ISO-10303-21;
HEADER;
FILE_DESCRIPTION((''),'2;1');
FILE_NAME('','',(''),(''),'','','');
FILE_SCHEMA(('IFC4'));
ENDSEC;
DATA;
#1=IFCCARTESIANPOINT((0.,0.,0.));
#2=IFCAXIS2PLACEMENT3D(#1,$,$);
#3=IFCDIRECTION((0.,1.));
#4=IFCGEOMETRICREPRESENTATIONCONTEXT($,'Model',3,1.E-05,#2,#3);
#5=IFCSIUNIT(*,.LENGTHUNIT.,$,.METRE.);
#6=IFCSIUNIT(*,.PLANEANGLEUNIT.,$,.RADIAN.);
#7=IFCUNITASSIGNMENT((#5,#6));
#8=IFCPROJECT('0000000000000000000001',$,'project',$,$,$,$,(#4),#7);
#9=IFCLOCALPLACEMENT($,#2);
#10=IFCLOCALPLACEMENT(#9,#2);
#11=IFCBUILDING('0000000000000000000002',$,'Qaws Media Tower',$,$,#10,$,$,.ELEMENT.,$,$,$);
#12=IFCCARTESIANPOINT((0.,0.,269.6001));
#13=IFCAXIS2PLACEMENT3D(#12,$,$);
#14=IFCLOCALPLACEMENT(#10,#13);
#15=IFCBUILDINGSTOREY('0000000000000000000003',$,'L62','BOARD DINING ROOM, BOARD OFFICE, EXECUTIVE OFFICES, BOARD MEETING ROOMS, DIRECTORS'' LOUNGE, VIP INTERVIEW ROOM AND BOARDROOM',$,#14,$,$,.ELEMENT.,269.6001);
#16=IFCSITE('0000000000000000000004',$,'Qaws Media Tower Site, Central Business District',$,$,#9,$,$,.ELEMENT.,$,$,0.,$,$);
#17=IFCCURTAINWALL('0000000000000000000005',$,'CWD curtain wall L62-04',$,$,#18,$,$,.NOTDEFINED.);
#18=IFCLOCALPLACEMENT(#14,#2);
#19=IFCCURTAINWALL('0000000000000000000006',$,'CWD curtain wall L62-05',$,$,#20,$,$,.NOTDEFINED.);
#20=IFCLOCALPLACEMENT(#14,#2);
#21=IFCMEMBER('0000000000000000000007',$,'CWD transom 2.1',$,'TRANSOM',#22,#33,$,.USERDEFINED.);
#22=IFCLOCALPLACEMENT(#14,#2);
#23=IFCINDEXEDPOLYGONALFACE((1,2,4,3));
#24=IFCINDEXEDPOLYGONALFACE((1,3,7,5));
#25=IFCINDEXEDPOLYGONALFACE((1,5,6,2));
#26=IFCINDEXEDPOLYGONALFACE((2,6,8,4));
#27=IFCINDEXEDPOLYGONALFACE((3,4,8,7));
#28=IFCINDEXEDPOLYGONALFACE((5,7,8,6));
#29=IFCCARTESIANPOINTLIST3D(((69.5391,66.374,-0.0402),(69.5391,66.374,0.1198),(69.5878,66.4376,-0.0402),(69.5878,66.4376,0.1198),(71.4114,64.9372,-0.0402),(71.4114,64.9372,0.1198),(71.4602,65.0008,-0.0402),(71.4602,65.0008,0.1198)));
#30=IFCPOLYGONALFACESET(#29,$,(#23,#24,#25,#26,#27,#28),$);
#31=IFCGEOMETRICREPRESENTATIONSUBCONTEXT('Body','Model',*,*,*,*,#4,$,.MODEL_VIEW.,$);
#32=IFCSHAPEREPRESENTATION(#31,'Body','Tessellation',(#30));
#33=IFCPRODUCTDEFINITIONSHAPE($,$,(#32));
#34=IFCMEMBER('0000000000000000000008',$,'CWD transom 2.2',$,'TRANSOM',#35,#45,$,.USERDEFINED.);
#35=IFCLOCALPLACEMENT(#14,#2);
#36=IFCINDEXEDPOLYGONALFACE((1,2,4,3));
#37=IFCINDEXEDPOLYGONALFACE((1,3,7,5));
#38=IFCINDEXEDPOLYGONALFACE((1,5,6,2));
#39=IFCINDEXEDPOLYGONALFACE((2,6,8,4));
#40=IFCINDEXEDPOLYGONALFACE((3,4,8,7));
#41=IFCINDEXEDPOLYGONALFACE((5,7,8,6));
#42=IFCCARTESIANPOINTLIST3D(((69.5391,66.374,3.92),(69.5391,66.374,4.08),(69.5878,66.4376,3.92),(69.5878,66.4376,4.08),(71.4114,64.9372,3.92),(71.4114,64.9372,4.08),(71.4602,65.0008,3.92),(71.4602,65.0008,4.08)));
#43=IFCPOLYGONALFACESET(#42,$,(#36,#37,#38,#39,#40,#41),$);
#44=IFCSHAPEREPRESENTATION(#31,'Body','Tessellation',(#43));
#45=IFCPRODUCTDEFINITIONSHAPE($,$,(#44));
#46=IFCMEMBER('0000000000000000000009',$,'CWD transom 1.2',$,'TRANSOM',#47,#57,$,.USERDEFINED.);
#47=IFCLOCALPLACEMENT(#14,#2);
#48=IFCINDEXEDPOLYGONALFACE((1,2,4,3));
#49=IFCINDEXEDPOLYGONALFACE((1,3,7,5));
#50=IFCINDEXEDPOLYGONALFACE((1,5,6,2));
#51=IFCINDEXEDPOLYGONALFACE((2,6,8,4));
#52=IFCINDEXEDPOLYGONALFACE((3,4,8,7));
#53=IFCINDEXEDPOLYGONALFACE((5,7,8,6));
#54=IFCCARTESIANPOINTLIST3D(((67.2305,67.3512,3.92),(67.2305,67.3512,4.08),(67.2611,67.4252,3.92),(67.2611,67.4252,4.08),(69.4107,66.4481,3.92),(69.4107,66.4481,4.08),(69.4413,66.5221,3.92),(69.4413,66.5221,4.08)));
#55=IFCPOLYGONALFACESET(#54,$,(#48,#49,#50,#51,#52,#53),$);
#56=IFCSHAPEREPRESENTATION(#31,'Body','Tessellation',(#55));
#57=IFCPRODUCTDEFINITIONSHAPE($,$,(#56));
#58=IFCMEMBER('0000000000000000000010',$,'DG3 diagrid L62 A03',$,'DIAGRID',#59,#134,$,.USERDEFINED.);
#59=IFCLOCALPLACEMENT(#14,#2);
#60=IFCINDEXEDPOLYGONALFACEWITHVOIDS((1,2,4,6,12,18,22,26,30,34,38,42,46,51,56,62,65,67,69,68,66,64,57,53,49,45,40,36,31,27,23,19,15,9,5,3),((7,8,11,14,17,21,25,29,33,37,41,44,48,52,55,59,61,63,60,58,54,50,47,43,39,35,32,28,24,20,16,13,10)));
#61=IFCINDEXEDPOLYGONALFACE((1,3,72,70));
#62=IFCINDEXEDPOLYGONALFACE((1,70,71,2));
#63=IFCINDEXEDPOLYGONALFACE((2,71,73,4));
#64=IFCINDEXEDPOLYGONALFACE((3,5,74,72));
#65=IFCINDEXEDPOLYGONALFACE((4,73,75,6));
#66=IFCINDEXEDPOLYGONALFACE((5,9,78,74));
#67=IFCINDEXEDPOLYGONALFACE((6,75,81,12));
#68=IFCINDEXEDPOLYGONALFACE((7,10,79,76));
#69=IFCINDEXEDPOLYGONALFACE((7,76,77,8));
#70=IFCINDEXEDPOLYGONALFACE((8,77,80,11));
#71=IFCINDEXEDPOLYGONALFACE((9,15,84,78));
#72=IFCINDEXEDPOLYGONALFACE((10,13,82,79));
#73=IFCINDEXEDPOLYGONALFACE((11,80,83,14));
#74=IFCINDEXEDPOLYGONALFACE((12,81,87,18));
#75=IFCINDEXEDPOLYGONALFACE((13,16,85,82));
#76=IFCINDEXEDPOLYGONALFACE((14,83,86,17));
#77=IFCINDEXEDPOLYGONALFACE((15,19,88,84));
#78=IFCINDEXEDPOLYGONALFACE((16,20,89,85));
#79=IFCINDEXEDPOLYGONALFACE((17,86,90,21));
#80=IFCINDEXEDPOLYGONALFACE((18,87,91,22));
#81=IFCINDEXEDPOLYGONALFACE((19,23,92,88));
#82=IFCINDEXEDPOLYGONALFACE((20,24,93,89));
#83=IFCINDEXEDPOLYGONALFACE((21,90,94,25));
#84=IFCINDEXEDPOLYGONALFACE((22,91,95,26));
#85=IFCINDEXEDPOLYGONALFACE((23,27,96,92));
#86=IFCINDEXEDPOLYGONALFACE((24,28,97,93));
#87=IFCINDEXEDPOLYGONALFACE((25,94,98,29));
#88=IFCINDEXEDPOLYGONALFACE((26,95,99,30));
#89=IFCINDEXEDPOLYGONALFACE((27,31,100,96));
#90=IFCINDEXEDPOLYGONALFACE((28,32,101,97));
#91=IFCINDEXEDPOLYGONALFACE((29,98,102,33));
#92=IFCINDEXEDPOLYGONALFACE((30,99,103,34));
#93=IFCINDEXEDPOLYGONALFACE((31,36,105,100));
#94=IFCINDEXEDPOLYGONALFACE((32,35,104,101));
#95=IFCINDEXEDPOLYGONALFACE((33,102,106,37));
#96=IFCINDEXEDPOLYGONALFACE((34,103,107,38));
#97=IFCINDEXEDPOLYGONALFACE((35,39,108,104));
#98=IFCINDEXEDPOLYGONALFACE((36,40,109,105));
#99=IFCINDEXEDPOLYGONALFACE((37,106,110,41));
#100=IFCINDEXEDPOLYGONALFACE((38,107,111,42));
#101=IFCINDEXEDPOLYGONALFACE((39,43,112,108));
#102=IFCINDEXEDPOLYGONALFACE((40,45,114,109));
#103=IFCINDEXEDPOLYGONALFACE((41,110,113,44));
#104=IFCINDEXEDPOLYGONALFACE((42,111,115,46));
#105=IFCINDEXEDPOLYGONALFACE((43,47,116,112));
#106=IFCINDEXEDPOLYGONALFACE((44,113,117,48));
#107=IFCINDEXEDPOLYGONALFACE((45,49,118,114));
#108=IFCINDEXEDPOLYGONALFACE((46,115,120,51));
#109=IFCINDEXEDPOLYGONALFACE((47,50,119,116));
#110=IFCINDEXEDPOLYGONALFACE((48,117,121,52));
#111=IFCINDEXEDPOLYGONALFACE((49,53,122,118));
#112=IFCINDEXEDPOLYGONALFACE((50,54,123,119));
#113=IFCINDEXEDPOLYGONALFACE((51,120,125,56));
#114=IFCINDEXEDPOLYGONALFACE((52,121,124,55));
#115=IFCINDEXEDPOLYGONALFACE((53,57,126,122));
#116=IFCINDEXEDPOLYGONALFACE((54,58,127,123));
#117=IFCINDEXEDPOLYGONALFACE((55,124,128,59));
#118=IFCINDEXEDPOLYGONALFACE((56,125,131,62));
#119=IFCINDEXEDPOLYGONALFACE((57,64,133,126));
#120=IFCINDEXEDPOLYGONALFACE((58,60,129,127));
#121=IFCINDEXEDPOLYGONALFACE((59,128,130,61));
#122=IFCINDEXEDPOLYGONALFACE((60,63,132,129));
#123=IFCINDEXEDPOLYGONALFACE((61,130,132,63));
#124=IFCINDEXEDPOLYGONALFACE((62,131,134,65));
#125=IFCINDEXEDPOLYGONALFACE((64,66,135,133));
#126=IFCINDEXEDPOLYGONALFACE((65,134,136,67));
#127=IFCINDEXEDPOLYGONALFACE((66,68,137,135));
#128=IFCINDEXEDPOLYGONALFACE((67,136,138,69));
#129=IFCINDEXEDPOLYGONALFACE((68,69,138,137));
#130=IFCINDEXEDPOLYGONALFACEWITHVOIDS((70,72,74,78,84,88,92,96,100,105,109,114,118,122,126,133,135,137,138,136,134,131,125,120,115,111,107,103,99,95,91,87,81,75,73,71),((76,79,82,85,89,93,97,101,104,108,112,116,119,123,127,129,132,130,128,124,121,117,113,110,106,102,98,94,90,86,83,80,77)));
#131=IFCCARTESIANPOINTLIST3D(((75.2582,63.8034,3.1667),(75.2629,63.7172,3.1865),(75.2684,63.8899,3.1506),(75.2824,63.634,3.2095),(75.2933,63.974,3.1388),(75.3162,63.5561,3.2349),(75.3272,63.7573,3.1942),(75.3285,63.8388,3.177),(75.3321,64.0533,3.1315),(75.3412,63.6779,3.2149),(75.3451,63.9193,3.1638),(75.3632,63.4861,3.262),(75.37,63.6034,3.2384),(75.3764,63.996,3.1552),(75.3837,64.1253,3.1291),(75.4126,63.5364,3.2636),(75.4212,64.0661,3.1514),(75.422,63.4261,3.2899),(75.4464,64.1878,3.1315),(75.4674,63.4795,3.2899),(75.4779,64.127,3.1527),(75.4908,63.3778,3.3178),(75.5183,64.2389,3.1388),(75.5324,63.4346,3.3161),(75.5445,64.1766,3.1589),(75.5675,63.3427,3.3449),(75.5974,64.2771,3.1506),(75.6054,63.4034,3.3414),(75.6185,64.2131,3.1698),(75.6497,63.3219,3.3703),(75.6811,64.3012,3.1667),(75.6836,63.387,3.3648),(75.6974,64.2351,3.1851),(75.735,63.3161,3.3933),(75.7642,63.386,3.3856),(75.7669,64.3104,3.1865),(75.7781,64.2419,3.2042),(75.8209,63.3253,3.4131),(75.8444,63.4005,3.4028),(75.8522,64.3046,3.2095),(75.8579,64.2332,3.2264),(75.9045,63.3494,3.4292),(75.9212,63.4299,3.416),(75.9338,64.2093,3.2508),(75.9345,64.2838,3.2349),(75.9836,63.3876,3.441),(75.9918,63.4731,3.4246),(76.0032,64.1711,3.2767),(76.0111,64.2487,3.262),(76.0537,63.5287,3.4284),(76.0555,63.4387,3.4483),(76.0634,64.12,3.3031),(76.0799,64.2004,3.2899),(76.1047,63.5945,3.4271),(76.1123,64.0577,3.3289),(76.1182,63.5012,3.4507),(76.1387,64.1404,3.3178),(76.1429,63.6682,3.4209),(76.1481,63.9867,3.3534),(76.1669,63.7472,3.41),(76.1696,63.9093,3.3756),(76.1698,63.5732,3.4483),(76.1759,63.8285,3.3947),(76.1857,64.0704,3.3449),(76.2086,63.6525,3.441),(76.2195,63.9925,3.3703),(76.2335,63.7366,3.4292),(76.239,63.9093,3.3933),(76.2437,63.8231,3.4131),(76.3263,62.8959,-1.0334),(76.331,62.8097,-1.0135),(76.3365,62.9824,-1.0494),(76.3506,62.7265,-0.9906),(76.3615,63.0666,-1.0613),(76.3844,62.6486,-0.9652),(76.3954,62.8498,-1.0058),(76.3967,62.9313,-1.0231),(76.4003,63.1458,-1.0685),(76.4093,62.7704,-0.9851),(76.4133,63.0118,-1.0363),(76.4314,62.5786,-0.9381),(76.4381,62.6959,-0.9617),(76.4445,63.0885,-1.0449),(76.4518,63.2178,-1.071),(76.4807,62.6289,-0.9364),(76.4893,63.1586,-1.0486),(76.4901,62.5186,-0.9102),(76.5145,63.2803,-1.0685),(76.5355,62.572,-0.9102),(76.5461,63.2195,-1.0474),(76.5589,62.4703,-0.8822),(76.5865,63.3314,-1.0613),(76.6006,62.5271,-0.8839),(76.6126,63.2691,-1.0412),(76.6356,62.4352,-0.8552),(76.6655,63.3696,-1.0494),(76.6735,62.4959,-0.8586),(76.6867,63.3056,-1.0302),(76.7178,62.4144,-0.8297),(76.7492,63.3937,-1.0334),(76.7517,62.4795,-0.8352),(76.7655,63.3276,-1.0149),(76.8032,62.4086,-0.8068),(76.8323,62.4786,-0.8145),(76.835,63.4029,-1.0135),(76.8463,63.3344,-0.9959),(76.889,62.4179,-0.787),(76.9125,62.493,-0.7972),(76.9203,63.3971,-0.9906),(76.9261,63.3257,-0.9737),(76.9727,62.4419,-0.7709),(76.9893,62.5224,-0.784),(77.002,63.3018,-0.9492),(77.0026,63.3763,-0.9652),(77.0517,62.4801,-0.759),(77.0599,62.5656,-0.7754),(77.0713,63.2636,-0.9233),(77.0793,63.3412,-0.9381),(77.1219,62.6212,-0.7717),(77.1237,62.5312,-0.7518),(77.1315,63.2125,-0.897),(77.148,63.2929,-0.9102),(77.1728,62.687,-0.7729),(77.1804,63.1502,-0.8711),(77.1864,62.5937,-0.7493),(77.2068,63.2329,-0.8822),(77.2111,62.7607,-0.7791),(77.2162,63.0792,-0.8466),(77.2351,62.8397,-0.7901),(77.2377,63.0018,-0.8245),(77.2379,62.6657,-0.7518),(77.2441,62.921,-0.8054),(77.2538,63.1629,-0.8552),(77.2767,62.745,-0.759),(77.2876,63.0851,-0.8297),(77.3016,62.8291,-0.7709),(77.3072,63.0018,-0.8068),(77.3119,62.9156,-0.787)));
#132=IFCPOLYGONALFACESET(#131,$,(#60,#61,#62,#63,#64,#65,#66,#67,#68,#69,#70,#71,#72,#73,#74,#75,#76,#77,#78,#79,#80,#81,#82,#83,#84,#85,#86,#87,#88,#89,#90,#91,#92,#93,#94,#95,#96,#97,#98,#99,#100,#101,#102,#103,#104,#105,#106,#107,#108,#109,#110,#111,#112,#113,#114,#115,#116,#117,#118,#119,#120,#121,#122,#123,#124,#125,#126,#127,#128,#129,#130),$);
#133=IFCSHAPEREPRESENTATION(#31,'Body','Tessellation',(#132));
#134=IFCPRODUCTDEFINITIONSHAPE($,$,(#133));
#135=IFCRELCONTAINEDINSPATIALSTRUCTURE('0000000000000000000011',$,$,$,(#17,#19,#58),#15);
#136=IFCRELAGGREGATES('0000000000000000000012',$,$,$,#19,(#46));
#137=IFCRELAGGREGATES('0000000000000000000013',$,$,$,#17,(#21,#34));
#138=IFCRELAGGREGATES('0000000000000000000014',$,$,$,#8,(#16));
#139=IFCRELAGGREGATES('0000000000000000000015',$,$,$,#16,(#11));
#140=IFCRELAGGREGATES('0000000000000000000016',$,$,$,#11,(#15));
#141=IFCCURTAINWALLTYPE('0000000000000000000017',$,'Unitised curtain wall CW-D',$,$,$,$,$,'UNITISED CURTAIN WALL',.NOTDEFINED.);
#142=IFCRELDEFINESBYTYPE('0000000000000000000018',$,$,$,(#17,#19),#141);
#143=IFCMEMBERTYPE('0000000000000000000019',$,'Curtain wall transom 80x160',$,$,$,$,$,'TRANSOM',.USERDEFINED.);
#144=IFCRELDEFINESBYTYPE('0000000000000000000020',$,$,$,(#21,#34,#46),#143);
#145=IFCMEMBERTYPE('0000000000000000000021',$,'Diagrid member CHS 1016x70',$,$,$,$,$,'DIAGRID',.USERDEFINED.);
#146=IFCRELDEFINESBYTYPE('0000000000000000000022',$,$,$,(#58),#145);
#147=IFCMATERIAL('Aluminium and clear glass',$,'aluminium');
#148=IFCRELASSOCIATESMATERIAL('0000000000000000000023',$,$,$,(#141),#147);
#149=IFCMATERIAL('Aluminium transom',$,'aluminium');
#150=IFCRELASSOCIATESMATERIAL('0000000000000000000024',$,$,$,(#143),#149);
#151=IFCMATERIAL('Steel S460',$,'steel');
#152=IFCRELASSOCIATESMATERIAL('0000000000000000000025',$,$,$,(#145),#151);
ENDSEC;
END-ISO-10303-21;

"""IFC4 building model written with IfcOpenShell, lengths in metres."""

from ifc_helpers import new_model, si_unit, direction, frame, origin, origin_2d, place, context, subcontext, project, spatial, rectangle, hollow_circle, extrude, material, material_profile, profile_set, type_object, element, aggregate, save


model = new_model("IFC4")

# Units and contexts
model_context = context("Model", 3, precision=1e-05, world=origin(), true_north=direction((0.0, 1.0)))
body_context = subcontext(model_context, "Body", "Model", "MODEL_VIEW")
ifc_project = project(units=[si_unit("LENGTHUNIT", "METRE"), si_unit("PLANEANGLEUNIT", "RADIAN")], contexts=[model_context])

# Site, building, storey
site_placement = place(None, origin())
site = spatial("IfcSite", under=ifc_project, at=site_placement, Name="Qaws Media Tower Site, Central Business District", CompositionType="ELEMENT", RefElevation=0.0)
building_placement = place(site_placement, origin())
building = spatial("IfcBuilding", under=site, at=building_placement, Name="Qaws Media Tower", CompositionType="ELEMENT")
storey_placement = place(building_placement, frame((0.0, 0.0, 269.6001)))
storey = spatial("IfcBuildingStorey", under=building, at=storey_placement, Name="L62", Description="BOARD DINING ROOM, BOARD OFFICE, EXECUTIVE OFFICES, BOARD MEETING ROOMS, DIRECTORS' LOUNGE, VIP INTERVIEW ROOM AND BOARDROOM", CompositionType="ELEMENT", Elevation=269.6001)

# Shared definitions
ifc_material_1 = material(Name="Aluminium and clear glass", Category="aluminium")
curtain_wall_type = type_object("IfcCurtainWallType", Name="Unitised curtain wall CW-D", ElementType="UNITISED CURTAIN WALL", PredefinedType="NOTDEFINED", material=ifc_material_1)

# Curtain wall
curtain_wall_1_placement = place(storey_placement, origin())
curtain_wall_1 = element("IfcCurtainWall", 1, at=curtain_wall_1_placement, inside=storey, type_object=curtain_wall_type, Name="CWD curtain wall L62-04", PredefinedType="NOTDEFINED")

# Curtain wall
curtain_wall_2_placement = place(storey_placement, origin())
curtain_wall_2 = element("IfcCurtainWall", 2, at=curtain_wall_2_placement, inside=storey, type_object=curtain_wall_type, Name="CWD curtain wall L62-05", PredefinedType="NOTDEFINED")

# Members
ifc_material_2 = material(Name="Aluminium transom", Category="aluminium")
ifc_material_profile_1 = material_profile(ifc_material_2, rectangle(XDim=0.0801, YDim=0.1599, at=origin_2d()), Name="80x160")
ifc_profile_set_1 = profile_set([ifc_material_profile_1], Name="Aluminium transom")
member_type_1 = type_object("IfcMemberType", Name="Curtain wall transom 80x160", ElementType="TRANSOM", PredefinedType="USERDEFINED", material=ifc_profile_set_1)
member_1_placement = place(storey_placement, frame((71.4358, 64.969, 0.0398), z_axis=(-0.793335, 0.608785, 0.0), x_axis=(-0.608785, -0.793335, 0.0)))
member_1 = element("IfcMember", 3, at=member_1_placement, type_object=member_type_1, Name="CWD transom 2.1", ObjectType="TRANSOM", PredefinedType="USERDEFINED", context=body_context, shape_type="SweptSolid", body=[
    extrude(rectangle(XDim=0.0801, YDim=0.1599, at=origin_2d()), origin(), (0.0, 0.0, 1.0), 2.3601),
])
member_2_placement = place(storey_placement, frame((71.4358, 64.969, 4.0), z_axis=(-0.793335, 0.608785, 0.0), x_axis=(-0.608785, -0.793335, 0.0)))
member_2 = element("IfcMember", 4, at=member_2_placement, type_object=member_type_1, Name="CWD transom 2.2", ObjectType="TRANSOM", PredefinedType="USERDEFINED", context=body_context, shape_type="SweptSolid", body=[
    extrude(rectangle(XDim=0.0801, YDim=0.1599, at=origin_2d()), origin(), (0.0, 0.0, 1.0), 2.3601),
])
member_3_placement = place(storey_placement, frame((69.426, 66.4851, 4.0), z_axis=(-0.923877, 0.38269, 0.0), x_axis=(-0.38269, -0.923877, 0.0)))
member_3 = element("IfcMember", 5, at=member_3_placement, type_object=member_type_1, Name="CWD transom 1.2", ObjectType="TRANSOM", PredefinedType="USERDEFINED", context=body_context, shape_type="SweptSolid", body=[
    extrude(rectangle(XDim=0.0801, YDim=0.1599, at=origin_2d()), origin(), (0.0, 0.0, 1.0), 2.3599),
])
aggregate(curtain_wall_2, [member_3])

# Member
ifc_material_3 = material(Name="Steel S460", Category="steel")
ifc_material_profile_2 = material_profile(ifc_material_3, hollow_circle(Radius=0.5081, WallThickness=0.0701, at=origin_2d()), Name="CHS 1016x70")
ifc_profile_set_2 = profile_set([ifc_material_profile_2], Name="Steel S460")
member_type_2 = type_object("IfcMemberType", Name="Diagrid member CHS 1016x70", ElementType="DIAGRID", PredefinedType="USERDEFINED", material=ifc_profile_set_2)
for number, where, z_axis, x_axis, name in (
    (6, (76.8191, 62.9058, -0.9102), (-0.241238, 0.204956, 0.948576), (-0.647471, -0.76209, 0.0), "DG3 diagrid L62 A03"),
):
    element("IfcMember", number, at=place(storey_placement, frame(where, z_axis=z_axis, x_axis=x_axis)), inside=storey, type_object=member_type_2, Name=name, ObjectType="DIAGRID", PredefinedType="USERDEFINED", context=body_context, shape_type="SweptSolid", body=[
        extrude(hollow_circle(Radius=0.5081, WallThickness=0.0701, at=origin_2d()), origin(), (0.0, 0.0, 1.0), 4.4277),
    ])

aggregate(curtain_wall_1, [member_1, member_2])

save(model, "model.ifc")
